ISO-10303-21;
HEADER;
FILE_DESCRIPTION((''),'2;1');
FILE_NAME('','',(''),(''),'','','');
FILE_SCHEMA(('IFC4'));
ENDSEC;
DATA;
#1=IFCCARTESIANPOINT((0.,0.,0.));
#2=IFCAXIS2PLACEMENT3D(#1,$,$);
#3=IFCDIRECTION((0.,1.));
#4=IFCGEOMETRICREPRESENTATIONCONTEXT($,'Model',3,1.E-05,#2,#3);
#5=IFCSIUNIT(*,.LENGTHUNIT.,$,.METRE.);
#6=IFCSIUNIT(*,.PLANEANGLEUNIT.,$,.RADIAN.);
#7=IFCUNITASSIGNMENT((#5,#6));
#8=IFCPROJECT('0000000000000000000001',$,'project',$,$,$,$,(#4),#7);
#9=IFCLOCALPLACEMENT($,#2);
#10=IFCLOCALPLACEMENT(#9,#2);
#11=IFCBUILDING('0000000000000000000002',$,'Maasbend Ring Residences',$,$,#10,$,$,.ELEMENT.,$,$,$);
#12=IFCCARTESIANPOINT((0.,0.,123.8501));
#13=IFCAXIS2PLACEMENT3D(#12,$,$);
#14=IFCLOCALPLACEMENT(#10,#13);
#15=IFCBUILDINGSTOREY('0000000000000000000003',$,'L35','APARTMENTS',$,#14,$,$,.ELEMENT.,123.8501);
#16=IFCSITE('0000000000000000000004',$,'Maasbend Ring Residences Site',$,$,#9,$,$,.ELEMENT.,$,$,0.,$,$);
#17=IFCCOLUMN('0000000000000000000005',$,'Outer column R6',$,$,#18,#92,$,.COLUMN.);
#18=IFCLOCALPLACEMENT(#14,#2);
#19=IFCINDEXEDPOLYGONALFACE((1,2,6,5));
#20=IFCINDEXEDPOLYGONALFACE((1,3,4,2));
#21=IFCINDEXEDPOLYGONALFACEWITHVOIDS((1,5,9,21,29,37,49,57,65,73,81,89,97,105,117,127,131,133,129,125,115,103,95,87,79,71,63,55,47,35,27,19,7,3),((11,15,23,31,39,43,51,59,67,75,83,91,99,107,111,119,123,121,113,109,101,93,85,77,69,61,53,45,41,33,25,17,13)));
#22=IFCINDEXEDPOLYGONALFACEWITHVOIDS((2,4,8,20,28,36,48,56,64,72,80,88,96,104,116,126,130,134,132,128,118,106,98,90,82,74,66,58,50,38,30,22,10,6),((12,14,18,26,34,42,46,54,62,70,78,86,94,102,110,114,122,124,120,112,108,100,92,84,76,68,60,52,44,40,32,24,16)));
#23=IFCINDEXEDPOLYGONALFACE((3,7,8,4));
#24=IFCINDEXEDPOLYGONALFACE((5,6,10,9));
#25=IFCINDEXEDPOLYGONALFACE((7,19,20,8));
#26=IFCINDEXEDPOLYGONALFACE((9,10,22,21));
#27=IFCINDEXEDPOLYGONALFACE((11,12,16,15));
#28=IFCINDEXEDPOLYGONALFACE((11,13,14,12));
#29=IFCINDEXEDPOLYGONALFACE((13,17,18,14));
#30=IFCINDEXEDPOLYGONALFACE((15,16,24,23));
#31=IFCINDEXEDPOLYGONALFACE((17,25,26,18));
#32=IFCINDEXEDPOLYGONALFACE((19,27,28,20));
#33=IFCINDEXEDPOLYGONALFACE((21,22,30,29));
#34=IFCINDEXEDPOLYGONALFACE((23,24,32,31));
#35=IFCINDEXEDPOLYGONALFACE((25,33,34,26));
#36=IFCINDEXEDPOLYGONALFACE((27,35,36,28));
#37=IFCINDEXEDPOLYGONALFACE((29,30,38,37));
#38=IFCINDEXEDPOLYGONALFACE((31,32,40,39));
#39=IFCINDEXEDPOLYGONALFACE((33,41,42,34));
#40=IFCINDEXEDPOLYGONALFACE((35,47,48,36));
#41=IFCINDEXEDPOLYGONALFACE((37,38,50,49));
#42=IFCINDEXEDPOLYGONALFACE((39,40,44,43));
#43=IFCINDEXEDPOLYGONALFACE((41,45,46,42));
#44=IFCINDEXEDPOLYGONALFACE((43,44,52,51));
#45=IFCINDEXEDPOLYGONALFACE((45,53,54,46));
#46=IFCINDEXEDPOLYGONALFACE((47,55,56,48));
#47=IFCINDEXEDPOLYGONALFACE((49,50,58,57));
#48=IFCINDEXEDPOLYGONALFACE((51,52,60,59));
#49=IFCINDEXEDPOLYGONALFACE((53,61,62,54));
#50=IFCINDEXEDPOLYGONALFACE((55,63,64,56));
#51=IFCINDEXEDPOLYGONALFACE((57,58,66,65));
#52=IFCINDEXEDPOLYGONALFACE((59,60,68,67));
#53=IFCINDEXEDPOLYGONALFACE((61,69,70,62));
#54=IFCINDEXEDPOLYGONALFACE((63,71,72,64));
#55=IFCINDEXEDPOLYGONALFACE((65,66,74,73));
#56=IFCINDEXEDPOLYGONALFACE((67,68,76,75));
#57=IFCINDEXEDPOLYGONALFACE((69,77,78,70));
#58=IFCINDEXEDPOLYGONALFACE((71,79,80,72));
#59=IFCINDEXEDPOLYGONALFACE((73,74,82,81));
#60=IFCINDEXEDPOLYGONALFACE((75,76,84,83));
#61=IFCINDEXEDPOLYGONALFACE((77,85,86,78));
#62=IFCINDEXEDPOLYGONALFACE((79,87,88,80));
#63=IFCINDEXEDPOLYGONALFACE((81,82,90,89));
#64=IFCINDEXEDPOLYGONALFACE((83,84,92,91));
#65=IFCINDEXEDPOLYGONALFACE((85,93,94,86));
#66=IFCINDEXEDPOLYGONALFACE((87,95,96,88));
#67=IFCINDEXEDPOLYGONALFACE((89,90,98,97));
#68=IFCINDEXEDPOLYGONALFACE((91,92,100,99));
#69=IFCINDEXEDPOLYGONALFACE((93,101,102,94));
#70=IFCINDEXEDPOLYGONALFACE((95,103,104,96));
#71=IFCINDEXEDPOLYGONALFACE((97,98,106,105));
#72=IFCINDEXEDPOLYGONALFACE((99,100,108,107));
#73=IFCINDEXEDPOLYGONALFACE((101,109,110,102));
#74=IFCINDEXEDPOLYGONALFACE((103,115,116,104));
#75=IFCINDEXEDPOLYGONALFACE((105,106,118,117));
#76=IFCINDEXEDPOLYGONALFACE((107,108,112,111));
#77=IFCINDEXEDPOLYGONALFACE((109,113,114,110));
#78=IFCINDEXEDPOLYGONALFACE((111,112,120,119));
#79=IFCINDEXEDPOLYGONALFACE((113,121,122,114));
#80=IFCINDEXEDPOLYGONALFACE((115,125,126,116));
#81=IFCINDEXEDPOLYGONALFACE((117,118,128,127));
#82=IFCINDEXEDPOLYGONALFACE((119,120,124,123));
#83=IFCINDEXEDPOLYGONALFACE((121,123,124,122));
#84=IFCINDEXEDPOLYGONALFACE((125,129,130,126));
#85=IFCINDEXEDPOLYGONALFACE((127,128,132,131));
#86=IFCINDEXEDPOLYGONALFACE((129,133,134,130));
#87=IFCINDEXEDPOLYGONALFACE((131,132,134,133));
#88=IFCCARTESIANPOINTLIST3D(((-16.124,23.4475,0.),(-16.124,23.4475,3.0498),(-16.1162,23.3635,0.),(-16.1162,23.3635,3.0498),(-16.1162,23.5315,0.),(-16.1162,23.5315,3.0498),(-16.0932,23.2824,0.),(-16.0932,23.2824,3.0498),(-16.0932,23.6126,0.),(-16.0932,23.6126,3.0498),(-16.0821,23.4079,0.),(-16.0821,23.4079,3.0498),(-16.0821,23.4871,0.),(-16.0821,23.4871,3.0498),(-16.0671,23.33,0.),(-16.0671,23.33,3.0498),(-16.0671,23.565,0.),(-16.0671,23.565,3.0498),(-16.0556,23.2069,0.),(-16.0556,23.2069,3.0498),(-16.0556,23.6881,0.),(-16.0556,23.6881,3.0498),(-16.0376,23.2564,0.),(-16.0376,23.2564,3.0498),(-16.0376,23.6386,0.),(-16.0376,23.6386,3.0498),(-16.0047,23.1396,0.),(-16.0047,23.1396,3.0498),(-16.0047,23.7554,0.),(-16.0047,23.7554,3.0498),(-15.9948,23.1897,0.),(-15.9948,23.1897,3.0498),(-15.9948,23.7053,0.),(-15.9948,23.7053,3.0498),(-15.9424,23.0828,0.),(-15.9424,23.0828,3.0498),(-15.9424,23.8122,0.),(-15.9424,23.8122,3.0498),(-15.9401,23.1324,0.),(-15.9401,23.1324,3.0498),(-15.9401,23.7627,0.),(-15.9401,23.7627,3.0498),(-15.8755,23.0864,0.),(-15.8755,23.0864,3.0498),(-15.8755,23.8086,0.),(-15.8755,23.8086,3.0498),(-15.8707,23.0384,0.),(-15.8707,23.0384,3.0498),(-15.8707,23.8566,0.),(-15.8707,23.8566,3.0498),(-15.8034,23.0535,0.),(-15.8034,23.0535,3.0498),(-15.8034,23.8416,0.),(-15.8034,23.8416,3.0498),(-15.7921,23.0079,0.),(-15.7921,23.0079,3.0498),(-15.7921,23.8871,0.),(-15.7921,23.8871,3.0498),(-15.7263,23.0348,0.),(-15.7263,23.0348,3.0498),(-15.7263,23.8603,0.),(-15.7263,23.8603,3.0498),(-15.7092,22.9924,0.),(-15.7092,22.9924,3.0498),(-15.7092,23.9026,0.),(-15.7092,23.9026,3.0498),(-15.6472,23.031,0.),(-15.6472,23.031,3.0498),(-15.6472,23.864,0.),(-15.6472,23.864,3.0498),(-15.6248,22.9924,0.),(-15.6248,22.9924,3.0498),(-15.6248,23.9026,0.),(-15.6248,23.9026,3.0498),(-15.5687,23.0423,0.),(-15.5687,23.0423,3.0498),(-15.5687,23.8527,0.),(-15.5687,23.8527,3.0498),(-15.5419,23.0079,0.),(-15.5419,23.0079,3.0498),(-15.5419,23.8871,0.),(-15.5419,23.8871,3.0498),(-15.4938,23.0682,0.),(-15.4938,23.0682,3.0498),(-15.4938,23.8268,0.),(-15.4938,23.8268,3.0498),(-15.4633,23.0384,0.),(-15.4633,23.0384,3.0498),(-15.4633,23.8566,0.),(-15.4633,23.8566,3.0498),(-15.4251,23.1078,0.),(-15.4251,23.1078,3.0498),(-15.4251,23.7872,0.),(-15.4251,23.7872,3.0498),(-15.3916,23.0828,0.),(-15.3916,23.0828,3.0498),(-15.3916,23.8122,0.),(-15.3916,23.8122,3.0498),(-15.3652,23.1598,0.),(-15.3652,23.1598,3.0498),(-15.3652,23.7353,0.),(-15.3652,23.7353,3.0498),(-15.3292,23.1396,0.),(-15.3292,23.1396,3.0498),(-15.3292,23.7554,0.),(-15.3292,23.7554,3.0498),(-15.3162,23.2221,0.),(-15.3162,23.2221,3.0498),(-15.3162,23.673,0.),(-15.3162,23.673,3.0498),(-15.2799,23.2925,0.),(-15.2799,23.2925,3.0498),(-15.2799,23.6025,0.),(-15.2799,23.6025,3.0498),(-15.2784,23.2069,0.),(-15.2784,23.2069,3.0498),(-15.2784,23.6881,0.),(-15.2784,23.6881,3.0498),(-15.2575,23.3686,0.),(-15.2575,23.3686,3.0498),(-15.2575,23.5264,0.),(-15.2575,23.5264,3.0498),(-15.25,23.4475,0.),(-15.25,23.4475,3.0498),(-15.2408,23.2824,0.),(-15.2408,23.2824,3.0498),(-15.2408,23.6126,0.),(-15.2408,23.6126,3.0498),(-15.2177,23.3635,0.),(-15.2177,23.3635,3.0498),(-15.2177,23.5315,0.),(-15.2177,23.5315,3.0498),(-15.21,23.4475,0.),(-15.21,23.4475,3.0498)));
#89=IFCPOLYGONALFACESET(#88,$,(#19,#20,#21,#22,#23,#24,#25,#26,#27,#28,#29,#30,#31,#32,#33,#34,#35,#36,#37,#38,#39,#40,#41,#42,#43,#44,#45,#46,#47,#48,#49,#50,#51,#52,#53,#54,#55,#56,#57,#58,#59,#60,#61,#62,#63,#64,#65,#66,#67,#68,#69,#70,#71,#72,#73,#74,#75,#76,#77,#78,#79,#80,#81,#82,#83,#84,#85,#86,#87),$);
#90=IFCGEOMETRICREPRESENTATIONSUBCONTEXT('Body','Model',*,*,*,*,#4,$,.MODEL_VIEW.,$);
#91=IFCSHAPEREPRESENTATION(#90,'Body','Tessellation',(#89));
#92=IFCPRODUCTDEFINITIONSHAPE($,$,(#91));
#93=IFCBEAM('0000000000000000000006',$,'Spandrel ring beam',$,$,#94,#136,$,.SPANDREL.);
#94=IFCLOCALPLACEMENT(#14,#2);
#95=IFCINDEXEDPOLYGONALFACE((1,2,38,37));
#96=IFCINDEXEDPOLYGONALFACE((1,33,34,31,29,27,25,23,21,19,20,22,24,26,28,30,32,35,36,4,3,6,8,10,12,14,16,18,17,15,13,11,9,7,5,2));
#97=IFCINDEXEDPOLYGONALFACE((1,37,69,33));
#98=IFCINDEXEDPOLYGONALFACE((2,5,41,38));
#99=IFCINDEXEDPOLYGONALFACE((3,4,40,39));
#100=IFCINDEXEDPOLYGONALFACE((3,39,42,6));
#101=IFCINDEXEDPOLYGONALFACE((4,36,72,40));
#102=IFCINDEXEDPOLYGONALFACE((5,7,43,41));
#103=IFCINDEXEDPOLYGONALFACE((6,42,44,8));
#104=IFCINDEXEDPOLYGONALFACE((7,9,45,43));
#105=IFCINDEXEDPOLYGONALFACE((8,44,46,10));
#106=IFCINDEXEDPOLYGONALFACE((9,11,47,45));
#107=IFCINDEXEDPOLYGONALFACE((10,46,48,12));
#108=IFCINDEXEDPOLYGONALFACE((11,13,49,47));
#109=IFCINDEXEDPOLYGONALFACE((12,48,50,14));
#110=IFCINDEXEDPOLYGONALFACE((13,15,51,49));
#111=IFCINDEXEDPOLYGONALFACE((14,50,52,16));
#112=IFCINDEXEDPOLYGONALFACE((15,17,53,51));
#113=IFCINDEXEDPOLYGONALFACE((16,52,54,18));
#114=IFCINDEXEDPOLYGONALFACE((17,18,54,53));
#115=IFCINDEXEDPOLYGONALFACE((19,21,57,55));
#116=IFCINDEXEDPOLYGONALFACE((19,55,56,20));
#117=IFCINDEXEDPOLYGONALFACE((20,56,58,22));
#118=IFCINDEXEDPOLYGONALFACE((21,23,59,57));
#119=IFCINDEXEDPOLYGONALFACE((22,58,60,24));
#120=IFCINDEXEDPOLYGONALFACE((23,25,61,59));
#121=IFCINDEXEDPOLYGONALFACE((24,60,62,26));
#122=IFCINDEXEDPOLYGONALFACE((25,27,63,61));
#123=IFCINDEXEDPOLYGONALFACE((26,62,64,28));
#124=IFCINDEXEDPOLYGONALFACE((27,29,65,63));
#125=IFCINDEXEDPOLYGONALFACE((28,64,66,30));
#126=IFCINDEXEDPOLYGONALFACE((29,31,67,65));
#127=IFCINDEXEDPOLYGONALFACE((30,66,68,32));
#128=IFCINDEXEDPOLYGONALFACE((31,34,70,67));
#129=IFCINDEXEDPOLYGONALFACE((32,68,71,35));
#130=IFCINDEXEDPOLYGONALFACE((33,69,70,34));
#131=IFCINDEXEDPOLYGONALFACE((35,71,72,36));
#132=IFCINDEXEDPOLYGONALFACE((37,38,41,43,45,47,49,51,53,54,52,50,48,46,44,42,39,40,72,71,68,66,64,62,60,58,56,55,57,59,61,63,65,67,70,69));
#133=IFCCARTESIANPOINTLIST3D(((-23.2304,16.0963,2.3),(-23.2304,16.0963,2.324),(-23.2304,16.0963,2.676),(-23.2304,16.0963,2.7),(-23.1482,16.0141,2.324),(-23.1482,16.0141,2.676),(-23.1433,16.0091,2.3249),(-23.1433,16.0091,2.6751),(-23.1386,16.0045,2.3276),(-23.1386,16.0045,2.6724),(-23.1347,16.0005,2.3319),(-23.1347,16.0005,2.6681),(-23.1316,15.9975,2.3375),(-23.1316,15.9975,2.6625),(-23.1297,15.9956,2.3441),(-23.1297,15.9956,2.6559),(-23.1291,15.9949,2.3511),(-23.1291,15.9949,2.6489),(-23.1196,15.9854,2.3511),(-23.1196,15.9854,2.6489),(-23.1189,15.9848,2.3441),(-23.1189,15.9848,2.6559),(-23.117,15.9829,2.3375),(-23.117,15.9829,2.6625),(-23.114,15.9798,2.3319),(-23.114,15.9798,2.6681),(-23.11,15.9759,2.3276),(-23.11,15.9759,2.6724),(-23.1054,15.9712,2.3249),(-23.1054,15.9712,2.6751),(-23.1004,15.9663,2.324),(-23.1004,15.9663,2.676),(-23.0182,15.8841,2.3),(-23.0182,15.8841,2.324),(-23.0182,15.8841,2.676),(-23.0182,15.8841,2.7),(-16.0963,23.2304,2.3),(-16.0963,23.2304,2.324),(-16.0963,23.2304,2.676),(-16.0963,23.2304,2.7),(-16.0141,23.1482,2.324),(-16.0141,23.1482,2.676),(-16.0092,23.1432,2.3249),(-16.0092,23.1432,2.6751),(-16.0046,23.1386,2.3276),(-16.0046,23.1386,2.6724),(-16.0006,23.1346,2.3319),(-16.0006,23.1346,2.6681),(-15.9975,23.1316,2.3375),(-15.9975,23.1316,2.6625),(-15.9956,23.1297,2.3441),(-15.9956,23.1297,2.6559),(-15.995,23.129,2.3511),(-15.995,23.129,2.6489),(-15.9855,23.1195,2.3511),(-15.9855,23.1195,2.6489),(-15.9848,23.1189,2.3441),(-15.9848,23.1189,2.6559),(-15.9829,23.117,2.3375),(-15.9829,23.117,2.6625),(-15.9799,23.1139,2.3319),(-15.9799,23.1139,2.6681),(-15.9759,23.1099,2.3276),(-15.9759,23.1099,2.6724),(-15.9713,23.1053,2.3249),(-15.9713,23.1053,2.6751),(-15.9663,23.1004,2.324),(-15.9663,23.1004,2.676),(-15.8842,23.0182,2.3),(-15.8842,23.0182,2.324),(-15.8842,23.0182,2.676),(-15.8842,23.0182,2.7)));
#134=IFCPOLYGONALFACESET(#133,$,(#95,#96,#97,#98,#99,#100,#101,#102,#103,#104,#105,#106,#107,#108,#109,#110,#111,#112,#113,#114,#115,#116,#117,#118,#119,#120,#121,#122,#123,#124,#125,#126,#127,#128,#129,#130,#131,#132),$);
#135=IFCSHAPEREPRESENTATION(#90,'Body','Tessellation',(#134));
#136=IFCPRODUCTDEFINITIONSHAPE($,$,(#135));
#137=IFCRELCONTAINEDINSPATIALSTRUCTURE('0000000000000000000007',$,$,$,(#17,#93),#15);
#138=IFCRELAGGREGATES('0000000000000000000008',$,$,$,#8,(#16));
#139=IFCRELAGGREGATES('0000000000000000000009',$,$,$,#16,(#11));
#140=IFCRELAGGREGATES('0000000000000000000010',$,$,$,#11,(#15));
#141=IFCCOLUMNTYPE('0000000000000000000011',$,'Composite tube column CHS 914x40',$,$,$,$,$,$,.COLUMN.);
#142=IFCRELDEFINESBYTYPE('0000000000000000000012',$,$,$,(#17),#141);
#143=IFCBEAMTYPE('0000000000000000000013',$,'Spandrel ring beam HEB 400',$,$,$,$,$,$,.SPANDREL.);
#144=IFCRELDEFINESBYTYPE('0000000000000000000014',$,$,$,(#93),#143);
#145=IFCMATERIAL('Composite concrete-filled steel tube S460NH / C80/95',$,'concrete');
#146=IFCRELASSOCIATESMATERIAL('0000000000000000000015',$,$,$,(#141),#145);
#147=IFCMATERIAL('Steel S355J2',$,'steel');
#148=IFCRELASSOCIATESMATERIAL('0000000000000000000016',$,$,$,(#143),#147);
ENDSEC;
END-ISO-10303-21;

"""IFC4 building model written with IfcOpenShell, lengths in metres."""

from ifc_helpers import new_model, si_unit, direction, frame, origin, origin_2d, place, context, subcontext, project, spatial, hollow_circle, i_section, extrude, material, material_profile, profile_set, type_object, element, save


model = new_model("IFC4")

# Units and contexts
model_context = context("Model", 3, precision=1e-05, world=origin(), true_north=direction((0.0, 1.0)))
body_context = subcontext(model_context, "Body", "Model", "MODEL_VIEW")
ifc_project = project(units=[si_unit("LENGTHUNIT", "METRE"), si_unit("PLANEANGLEUNIT", "RADIAN")], contexts=[model_context])

# Site, building, storey
site_placement = place(None, origin())
site = spatial("IfcSite", under=ifc_project, at=site_placement, Name="Maasbend Ring Residences Site", CompositionType="ELEMENT", RefElevation=0.0)
building_placement = place(site_placement, origin())
building = spatial("IfcBuilding", under=site, at=building_placement, Name="Maasbend Ring Residences", CompositionType="ELEMENT")
storey_placement = place(building_placement, frame((0.0, 0.0, 123.8501)))
storey = spatial("IfcBuildingStorey", under=building, at=storey_placement, Name="L35", Description="APARTMENTS", CompositionType="ELEMENT", Elevation=123.8501)

# Column
ifc_material_1 = material(Name="Composite concrete-filled steel tube S460NH / C80/95", Category="concrete")
ifc_material_profile_1 = material_profile(ifc_material_1, hollow_circle(Radius=0.457, WallThickness=0.04, at=origin_2d()), Name="Composite tube column CHS 914x40")
ifc_profile_set_1 = profile_set([ifc_material_profile_1], Name="Composite concrete-filled steel tube S460NH / C80/95")
column_type = type_object("IfcColumnType", Name="Composite tube column CHS 914x40", PredefinedType="COLUMN", material=ifc_profile_set_1)
column_placement = place(storey_placement, frame((-15.667, 23.4475, 0.0), z_axis=(0.0, 0.0, 1.0), x_axis=(1.0, 0.0, 0.0)))
element("IfcColumn", 1, at=column_placement, inside=storey, type_object=column_type, Name="Outer column R6", PredefinedType="COLUMN", context=body_context, shape_type="SweptSolid", body=[
    extrude(hollow_circle(Radius=0.457, WallThickness=0.04, at=origin_2d()), origin(), (0.0, 0.0, 1.0), 3.0498),
])

# Beam
ifc_material_2 = material(Name="Steel S355J2", Category="steel")
ifc_material_profile_2 = material_profile(ifc_material_2, i_section(OverallWidth=0.3, OverallDepth=0.3999, WebThickness=0.0134, FlangeThickness=0.0239, FilletRadius=0.0271, at=origin_2d()), Name="HEB 400")
ifc_profile_set_2 = profile_set([ifc_material_profile_2], Name="Steel S355J2")
beam_type = type_object("IfcBeamType", Name="Spandrel ring beam HEB 400", PredefinedType="SPANDREL", material=ifc_profile_set_2)
beam_placement = place(storey_placement, frame((-15.9902, 23.1243, 2.5), z_axis=(-0.707107, -0.707107, 0.0), x_axis=(0.707107, -0.707107, 0.0)))
element("IfcBeam", 2, at=beam_placement, inside=storey, type_object=beam_type, Name="Spandrel ring beam", PredefinedType="SPANDREL", context=body_context, shape_type="SweptSolid", body=[
    extrude(i_section(OverallWidth=0.3, OverallDepth=0.3999, WebThickness=0.0134, FlangeThickness=0.0239, FilletRadius=0.0271, at=origin_2d()), origin(), (0.0, 0.0, 1.0), 10.0891),
])

save(model, "model.ifc")
